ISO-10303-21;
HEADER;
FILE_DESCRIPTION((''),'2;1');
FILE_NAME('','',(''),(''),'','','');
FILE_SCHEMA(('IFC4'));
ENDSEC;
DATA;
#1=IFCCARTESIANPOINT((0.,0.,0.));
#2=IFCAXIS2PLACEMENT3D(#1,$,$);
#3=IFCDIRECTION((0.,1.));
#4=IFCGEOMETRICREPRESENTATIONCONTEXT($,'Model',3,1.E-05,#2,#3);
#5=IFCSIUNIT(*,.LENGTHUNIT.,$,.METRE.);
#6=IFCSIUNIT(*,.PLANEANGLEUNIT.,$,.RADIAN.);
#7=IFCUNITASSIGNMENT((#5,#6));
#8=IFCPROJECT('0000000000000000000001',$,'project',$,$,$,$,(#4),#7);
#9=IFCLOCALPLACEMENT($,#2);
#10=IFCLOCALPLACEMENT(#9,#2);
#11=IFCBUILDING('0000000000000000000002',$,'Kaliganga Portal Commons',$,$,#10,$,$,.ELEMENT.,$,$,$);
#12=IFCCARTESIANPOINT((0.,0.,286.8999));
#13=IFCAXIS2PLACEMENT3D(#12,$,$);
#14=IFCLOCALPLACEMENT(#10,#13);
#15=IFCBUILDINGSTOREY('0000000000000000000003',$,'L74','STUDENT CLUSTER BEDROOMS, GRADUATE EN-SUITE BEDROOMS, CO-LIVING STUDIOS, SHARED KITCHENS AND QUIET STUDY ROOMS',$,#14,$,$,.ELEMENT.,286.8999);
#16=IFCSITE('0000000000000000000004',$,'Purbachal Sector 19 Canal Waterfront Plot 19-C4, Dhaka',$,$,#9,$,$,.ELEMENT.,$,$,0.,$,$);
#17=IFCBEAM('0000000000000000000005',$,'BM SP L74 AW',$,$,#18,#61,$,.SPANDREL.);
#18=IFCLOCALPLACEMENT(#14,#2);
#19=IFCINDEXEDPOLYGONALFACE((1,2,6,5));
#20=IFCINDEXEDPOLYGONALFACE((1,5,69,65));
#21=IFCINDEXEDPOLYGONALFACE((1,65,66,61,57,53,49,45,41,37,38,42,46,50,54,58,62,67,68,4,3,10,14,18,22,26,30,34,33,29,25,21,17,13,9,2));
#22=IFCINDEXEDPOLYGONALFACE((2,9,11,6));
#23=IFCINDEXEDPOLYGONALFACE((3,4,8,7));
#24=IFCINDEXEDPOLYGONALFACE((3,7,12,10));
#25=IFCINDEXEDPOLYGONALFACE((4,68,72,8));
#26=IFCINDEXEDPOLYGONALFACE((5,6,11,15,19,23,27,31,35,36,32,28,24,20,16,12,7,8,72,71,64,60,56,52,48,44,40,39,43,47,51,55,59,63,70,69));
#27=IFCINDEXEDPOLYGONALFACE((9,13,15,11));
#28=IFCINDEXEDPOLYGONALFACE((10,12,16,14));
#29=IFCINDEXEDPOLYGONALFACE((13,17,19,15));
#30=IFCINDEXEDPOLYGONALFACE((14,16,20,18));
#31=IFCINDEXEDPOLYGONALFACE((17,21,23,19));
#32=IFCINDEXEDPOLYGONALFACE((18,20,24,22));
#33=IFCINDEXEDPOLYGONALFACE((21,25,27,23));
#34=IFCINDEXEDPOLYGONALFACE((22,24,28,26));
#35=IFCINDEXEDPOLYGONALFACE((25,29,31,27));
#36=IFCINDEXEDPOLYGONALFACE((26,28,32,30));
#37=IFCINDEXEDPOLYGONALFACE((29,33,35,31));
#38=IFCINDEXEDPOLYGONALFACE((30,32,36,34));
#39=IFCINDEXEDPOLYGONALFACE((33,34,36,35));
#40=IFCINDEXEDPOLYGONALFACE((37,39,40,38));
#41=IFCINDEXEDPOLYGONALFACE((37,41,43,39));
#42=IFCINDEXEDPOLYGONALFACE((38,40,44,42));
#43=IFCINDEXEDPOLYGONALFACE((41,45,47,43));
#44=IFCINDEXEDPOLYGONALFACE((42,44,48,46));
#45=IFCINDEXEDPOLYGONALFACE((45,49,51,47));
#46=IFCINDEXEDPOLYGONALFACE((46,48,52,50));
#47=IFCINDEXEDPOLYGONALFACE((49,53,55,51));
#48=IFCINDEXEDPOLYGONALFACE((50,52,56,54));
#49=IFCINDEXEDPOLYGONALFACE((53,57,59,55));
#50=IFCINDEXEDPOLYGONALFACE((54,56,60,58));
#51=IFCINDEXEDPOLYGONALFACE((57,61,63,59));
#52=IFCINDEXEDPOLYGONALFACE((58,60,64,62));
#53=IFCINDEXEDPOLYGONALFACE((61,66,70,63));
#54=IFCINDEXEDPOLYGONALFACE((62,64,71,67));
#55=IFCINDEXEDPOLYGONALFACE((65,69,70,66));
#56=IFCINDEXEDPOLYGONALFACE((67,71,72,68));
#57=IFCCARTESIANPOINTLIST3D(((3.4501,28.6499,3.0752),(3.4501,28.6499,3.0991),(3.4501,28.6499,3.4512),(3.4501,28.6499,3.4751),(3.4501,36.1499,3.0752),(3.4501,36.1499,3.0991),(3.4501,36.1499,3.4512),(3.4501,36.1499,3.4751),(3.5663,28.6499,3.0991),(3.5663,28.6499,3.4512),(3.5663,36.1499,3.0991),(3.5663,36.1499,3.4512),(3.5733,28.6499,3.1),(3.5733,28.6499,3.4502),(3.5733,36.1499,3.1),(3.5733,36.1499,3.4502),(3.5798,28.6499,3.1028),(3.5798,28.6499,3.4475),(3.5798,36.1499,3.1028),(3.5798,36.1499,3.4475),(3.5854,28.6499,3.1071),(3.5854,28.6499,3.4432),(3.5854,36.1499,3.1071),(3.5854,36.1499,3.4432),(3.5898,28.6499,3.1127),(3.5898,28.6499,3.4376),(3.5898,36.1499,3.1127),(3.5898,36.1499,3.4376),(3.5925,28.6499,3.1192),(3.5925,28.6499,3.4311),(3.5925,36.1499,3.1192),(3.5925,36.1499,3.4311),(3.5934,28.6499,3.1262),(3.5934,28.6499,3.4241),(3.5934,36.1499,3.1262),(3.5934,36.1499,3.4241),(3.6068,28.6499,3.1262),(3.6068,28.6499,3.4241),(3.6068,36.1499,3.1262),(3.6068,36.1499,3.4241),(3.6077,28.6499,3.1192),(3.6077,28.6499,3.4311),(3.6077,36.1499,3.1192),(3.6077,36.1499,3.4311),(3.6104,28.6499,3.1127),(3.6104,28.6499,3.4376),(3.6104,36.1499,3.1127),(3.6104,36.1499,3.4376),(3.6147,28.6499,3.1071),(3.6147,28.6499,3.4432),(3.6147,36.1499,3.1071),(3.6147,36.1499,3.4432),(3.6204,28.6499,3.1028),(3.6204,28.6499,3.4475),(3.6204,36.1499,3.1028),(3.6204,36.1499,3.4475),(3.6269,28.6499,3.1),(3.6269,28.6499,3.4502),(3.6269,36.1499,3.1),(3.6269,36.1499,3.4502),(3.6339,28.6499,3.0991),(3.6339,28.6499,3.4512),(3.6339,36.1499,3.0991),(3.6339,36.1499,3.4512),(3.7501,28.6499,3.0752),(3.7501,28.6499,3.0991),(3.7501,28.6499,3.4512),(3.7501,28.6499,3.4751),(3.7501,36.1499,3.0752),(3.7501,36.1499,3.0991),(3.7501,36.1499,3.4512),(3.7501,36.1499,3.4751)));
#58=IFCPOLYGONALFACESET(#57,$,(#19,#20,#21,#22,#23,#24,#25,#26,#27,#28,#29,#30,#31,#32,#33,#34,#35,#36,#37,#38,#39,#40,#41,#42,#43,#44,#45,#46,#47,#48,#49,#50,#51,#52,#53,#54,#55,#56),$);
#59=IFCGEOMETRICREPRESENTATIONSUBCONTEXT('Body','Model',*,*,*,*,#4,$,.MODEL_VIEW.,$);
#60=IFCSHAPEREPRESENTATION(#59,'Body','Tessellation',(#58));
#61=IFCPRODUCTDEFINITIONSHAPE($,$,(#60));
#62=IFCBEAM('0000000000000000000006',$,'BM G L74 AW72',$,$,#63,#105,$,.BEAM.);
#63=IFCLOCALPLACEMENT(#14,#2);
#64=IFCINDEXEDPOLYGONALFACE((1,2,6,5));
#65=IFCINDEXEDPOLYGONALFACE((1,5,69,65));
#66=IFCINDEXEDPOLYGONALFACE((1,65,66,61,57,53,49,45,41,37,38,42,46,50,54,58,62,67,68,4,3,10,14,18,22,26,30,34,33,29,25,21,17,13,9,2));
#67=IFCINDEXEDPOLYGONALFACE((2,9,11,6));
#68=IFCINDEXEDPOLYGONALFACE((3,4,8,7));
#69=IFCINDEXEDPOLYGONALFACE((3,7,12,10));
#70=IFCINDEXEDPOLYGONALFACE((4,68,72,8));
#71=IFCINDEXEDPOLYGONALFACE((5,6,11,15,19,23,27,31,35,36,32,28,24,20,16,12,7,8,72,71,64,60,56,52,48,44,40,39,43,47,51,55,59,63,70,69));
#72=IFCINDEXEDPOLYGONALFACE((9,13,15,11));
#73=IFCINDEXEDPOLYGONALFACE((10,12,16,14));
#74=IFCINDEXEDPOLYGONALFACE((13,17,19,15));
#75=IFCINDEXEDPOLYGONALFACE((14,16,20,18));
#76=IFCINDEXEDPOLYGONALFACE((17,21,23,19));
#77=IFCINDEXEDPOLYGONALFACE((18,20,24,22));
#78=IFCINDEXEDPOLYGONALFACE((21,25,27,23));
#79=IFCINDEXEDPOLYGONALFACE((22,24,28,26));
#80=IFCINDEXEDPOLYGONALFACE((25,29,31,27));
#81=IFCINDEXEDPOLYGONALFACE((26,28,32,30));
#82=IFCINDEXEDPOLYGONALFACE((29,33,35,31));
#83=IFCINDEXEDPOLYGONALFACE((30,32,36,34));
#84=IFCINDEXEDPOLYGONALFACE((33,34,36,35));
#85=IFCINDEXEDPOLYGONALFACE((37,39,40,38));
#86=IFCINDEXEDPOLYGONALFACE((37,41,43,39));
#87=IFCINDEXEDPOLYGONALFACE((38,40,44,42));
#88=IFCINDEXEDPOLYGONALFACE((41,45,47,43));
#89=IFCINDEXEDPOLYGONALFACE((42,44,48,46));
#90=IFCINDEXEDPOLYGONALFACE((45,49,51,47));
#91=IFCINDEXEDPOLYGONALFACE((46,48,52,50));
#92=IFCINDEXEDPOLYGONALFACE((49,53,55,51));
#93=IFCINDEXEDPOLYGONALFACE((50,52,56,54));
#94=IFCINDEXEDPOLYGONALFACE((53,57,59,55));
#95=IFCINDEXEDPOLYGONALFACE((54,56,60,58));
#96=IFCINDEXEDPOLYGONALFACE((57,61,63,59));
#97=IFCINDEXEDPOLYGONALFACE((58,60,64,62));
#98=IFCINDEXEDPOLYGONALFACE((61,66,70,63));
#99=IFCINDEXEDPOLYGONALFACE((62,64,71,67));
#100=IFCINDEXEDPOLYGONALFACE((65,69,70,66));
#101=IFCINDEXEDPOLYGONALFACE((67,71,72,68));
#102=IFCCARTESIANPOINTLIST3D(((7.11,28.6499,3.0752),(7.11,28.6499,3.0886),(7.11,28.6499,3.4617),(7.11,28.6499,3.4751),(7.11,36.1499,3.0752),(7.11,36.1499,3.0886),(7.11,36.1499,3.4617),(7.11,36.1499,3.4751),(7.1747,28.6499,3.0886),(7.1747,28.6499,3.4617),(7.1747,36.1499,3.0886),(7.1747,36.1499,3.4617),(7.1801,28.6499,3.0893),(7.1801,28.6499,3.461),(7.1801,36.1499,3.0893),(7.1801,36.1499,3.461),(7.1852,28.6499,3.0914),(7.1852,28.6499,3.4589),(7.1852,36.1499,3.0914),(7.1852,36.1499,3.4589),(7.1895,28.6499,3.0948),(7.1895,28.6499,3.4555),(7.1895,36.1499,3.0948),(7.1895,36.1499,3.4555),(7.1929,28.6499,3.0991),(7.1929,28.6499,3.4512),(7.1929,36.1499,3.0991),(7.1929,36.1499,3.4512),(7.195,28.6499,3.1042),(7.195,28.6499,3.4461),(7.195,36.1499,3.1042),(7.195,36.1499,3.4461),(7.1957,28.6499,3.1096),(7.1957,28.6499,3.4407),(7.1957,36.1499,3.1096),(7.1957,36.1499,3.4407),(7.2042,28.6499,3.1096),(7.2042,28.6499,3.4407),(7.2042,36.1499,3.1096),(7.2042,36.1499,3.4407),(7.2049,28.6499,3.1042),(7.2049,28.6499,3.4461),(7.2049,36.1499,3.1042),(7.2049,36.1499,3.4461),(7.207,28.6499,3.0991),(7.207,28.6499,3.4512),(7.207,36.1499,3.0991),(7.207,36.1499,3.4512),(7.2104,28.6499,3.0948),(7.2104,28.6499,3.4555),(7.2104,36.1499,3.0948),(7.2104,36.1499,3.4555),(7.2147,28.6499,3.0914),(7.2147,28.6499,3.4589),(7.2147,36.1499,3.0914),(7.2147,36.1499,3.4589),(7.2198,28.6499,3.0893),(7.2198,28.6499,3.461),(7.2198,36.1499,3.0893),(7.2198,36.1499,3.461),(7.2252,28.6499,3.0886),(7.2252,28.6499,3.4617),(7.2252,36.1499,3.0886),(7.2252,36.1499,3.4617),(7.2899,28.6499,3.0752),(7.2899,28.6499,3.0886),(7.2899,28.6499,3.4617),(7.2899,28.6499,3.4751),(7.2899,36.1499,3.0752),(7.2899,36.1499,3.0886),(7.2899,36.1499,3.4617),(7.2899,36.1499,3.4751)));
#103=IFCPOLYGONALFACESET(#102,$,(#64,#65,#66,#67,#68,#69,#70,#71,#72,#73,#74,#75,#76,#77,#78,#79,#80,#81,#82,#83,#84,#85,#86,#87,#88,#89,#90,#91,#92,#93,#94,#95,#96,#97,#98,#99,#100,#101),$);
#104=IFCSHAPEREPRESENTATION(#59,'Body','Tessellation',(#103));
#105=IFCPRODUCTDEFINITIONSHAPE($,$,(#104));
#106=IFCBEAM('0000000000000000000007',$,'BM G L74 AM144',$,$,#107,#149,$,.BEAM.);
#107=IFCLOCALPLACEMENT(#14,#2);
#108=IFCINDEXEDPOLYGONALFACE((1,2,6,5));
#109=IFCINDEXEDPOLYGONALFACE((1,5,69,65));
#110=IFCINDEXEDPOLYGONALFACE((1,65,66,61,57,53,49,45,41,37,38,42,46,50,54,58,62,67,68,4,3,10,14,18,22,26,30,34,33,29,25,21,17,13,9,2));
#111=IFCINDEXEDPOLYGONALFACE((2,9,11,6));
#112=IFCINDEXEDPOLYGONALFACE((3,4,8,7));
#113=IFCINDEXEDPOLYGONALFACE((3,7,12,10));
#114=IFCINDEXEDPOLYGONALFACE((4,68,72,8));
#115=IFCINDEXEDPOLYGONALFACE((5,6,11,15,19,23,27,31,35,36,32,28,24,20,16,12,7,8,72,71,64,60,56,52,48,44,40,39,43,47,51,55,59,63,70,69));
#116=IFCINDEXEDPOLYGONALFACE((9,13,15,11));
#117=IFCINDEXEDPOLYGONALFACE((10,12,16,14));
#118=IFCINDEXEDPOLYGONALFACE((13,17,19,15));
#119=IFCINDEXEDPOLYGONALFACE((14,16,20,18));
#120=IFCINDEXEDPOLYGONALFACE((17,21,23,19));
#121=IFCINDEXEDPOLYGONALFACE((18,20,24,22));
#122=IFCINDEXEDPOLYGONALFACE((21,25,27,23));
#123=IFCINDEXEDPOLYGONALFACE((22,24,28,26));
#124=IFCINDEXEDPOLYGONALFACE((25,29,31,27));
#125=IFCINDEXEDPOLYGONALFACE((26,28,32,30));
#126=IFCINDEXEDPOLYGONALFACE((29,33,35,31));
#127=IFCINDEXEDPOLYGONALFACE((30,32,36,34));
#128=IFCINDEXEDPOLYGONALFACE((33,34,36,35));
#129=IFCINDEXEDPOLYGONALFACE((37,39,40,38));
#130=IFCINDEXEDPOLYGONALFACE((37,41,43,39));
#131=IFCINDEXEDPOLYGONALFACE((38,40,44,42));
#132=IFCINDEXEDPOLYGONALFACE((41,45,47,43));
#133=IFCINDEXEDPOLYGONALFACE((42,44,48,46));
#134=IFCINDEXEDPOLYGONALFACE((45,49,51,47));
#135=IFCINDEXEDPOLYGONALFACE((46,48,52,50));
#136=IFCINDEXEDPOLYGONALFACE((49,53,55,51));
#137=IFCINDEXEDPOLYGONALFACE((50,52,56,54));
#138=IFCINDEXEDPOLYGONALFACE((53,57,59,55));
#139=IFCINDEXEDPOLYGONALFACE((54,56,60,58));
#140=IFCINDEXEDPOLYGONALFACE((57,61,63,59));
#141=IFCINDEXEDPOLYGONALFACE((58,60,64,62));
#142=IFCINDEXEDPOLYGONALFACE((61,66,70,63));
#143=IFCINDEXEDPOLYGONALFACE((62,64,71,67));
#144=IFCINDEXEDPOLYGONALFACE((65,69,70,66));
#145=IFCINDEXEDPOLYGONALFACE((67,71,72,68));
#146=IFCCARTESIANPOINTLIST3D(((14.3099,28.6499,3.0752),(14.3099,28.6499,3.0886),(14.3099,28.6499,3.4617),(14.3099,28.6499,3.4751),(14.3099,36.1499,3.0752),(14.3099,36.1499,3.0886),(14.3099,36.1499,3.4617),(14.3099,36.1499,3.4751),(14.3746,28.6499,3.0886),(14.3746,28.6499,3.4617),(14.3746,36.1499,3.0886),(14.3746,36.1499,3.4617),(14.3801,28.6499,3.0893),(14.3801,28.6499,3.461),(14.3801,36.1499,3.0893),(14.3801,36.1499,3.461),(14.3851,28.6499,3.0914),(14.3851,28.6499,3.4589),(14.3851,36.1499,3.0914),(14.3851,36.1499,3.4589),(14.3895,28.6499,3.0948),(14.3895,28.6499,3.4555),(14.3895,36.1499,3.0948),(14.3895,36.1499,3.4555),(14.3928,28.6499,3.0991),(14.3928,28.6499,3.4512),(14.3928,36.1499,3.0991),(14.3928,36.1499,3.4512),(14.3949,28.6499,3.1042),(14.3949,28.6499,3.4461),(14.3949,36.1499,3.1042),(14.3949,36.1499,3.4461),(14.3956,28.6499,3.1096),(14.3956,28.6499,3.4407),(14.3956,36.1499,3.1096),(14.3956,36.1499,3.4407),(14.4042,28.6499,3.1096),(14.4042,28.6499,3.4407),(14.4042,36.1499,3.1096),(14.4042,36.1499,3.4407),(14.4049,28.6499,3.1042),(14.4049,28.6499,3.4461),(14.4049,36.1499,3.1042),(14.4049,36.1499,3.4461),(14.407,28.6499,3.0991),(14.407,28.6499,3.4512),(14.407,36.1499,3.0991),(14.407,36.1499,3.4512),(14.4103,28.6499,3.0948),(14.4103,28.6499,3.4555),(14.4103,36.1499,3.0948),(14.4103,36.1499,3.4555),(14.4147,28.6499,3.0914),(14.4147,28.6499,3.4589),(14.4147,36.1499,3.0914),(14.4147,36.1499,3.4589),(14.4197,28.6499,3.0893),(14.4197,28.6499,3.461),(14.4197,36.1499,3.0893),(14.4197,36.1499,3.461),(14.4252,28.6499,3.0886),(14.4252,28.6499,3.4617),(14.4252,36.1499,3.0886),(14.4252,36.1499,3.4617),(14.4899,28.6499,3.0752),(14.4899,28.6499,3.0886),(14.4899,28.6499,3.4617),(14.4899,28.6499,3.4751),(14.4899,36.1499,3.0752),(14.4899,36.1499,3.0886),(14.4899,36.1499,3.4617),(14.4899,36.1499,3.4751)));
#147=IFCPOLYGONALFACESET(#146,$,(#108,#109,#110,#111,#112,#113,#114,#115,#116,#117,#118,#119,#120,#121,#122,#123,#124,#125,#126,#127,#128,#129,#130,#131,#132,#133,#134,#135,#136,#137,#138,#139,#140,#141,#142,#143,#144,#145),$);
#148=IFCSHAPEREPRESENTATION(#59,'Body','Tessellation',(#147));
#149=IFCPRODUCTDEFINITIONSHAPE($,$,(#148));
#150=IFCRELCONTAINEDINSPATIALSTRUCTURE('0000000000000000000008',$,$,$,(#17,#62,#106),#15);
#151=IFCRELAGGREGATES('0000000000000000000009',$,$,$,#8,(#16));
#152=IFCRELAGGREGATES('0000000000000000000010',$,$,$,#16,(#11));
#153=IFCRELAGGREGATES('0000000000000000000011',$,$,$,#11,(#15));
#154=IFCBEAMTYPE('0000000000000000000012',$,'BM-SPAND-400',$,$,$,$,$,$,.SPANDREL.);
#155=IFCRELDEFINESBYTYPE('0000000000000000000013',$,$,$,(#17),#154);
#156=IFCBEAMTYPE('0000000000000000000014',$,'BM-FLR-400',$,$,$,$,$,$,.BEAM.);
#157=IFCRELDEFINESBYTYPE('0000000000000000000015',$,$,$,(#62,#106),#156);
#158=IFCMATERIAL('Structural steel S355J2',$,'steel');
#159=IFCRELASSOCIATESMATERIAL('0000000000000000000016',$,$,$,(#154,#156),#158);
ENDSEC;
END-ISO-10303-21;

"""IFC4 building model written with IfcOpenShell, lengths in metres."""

from ifc_helpers import new_model, si_unit, direction, frame, origin, origin_2d, place, context, subcontext, project, spatial, i_section, extrude, source, transform, mapped, material, material_profile, profile_set, type_object, element, save


model = new_model("IFC4")

# Units and contexts
model_context = context("Model", 3, precision=1e-05, world=origin(), true_north=direction((0.0, 1.0)))
body_context = subcontext(model_context, "Body", "Model", "MODEL_VIEW")
ifc_project = project(units=[si_unit("LENGTHUNIT", "METRE"), si_unit("PLANEANGLEUNIT", "RADIAN")], contexts=[model_context])

# Site, building, storey
site_placement = place(None, origin())
site = spatial("IfcSite", under=ifc_project, at=site_placement, Name="Purbachal Sector 19 Canal Waterfront Plot 19-C4, Dhaka", CompositionType="ELEMENT", RefElevation=0.0)
building_placement = place(site_placement, origin())
building = spatial("IfcBuilding", under=site, at=building_placement, Name="Kaliganga Portal Commons", CompositionType="ELEMENT")
storey_placement = place(building_placement, frame((0.0, 0.0, 286.8999)))
storey = spatial("IfcBuildingStorey", under=building, at=storey_placement, Name="L74", Description="STUDENT CLUSTER BEDROOMS, GRADUATE EN-SUITE BEDROOMS, CO-LIVING STUDIOS, SHARED KITCHENS AND QUIET STUDY ROOMS", CompositionType="ELEMENT", Elevation=286.8999)

# Shared definitions
ifc_material_1 = material(Name="Structural steel S355J2", Category="steel")

# Beams
ifc_material_profile_1 = material_profile(ifc_material_1, i_section(OverallWidth=0.3, OverallDepth=0.3999, WebThickness=0.0134, FlangeThickness=0.0239, FilletRadius=0.0271, at=origin_2d()), Name="HE 400 B")
ifc_profile_set_1 = profile_set([ifc_material_profile_1], Name="Structural steel S355J2 wide-flange")
beam_type_1 = type_object("IfcBeamType", Name="BM-SPAND-400", PredefinedType="SPANDREL", material=ifc_profile_set_1)
shared_shape_1 = source(origin(), body_context, "Body", "SweptSolid", [
    extrude(i_section(OverallWidth=0.3, OverallDepth=0.3999, WebThickness=0.0134, FlangeThickness=0.0239, FilletRadius=0.0271, at=origin_2d()), origin(), (0.0, 0.0, 1.0), 7.5),
])
beam_1_placement = place(storey_placement, frame((3.6001, 28.6499, 3.2751), z_axis=(0.0, 1.0, 0.0), x_axis=(-1.0, 0.0, 0.0)))
element("IfcBeam", 1, at=beam_1_placement, inside=storey, type_object=beam_type_1, Name="BM SP L74 AW", PredefinedType="SPANDREL", context=body_context, shape_type="MappedRepresentation", body=[
    mapped(shared_shape_1, transform((0.0, 0.0, 0.0), x_axis=(1.0, 0.0, 0.0), y_axis=(0.0, 1.0, 0.0), z_axis=(0.0, 0.0, 1.0), scale=1.0)),
])
ifc_material_profile_2 = material_profile(ifc_material_1, i_section(OverallWidth=0.1799, OverallDepth=0.3999, WebThickness=0.0085, FlangeThickness=0.0134, FilletRadius=0.021, at=origin_2d()), Name="IPE 400")
ifc_profile_set_2 = profile_set([ifc_material_profile_2], Name="Structural steel S355J2 wide-flange")
beam_type_2 = type_object("IfcBeamType", Name="BM-FLR-400", PredefinedType="BEAM", material=ifc_profile_set_2)
shared_shape_2 = source(origin(), body_context, "Body", "SweptSolid", [
    extrude(i_section(OverallWidth=0.1799, OverallDepth=0.3999, WebThickness=0.0085, FlangeThickness=0.0134, FilletRadius=0.021, at=origin_2d()), origin(), (0.0, 0.0, 1.0), 7.5),
])
for number, where, z_axis, x_axis, name in (
    (2, (7.2, 28.6499, 3.2751), (0.0, 1.0, 0.0), (-1.0, 0.0, 0.0), "BM G L74 AW72"),
    (3, (14.3999, 28.6499, 3.2751), (0.0, 1.0, 0.0), (-1.0, 0.0, 0.0), "BM G L74 AM144"),
):
    element("IfcBeam", number, at=place(storey_placement, frame(where, z_axis=z_axis, x_axis=x_axis)), inside=storey, type_object=beam_type_2, Name=name, PredefinedType="BEAM", context=body_context, shape_type="MappedRepresentation", body=[
        mapped(shared_shape_2, transform((0.0, 0.0, 0.0), x_axis=(1.0, 0.0, 0.0), y_axis=(0.0, 1.0, 0.0), z_axis=(0.0, 0.0, 1.0), scale=1.0)),
    ])

save(model, "model.ifc")
